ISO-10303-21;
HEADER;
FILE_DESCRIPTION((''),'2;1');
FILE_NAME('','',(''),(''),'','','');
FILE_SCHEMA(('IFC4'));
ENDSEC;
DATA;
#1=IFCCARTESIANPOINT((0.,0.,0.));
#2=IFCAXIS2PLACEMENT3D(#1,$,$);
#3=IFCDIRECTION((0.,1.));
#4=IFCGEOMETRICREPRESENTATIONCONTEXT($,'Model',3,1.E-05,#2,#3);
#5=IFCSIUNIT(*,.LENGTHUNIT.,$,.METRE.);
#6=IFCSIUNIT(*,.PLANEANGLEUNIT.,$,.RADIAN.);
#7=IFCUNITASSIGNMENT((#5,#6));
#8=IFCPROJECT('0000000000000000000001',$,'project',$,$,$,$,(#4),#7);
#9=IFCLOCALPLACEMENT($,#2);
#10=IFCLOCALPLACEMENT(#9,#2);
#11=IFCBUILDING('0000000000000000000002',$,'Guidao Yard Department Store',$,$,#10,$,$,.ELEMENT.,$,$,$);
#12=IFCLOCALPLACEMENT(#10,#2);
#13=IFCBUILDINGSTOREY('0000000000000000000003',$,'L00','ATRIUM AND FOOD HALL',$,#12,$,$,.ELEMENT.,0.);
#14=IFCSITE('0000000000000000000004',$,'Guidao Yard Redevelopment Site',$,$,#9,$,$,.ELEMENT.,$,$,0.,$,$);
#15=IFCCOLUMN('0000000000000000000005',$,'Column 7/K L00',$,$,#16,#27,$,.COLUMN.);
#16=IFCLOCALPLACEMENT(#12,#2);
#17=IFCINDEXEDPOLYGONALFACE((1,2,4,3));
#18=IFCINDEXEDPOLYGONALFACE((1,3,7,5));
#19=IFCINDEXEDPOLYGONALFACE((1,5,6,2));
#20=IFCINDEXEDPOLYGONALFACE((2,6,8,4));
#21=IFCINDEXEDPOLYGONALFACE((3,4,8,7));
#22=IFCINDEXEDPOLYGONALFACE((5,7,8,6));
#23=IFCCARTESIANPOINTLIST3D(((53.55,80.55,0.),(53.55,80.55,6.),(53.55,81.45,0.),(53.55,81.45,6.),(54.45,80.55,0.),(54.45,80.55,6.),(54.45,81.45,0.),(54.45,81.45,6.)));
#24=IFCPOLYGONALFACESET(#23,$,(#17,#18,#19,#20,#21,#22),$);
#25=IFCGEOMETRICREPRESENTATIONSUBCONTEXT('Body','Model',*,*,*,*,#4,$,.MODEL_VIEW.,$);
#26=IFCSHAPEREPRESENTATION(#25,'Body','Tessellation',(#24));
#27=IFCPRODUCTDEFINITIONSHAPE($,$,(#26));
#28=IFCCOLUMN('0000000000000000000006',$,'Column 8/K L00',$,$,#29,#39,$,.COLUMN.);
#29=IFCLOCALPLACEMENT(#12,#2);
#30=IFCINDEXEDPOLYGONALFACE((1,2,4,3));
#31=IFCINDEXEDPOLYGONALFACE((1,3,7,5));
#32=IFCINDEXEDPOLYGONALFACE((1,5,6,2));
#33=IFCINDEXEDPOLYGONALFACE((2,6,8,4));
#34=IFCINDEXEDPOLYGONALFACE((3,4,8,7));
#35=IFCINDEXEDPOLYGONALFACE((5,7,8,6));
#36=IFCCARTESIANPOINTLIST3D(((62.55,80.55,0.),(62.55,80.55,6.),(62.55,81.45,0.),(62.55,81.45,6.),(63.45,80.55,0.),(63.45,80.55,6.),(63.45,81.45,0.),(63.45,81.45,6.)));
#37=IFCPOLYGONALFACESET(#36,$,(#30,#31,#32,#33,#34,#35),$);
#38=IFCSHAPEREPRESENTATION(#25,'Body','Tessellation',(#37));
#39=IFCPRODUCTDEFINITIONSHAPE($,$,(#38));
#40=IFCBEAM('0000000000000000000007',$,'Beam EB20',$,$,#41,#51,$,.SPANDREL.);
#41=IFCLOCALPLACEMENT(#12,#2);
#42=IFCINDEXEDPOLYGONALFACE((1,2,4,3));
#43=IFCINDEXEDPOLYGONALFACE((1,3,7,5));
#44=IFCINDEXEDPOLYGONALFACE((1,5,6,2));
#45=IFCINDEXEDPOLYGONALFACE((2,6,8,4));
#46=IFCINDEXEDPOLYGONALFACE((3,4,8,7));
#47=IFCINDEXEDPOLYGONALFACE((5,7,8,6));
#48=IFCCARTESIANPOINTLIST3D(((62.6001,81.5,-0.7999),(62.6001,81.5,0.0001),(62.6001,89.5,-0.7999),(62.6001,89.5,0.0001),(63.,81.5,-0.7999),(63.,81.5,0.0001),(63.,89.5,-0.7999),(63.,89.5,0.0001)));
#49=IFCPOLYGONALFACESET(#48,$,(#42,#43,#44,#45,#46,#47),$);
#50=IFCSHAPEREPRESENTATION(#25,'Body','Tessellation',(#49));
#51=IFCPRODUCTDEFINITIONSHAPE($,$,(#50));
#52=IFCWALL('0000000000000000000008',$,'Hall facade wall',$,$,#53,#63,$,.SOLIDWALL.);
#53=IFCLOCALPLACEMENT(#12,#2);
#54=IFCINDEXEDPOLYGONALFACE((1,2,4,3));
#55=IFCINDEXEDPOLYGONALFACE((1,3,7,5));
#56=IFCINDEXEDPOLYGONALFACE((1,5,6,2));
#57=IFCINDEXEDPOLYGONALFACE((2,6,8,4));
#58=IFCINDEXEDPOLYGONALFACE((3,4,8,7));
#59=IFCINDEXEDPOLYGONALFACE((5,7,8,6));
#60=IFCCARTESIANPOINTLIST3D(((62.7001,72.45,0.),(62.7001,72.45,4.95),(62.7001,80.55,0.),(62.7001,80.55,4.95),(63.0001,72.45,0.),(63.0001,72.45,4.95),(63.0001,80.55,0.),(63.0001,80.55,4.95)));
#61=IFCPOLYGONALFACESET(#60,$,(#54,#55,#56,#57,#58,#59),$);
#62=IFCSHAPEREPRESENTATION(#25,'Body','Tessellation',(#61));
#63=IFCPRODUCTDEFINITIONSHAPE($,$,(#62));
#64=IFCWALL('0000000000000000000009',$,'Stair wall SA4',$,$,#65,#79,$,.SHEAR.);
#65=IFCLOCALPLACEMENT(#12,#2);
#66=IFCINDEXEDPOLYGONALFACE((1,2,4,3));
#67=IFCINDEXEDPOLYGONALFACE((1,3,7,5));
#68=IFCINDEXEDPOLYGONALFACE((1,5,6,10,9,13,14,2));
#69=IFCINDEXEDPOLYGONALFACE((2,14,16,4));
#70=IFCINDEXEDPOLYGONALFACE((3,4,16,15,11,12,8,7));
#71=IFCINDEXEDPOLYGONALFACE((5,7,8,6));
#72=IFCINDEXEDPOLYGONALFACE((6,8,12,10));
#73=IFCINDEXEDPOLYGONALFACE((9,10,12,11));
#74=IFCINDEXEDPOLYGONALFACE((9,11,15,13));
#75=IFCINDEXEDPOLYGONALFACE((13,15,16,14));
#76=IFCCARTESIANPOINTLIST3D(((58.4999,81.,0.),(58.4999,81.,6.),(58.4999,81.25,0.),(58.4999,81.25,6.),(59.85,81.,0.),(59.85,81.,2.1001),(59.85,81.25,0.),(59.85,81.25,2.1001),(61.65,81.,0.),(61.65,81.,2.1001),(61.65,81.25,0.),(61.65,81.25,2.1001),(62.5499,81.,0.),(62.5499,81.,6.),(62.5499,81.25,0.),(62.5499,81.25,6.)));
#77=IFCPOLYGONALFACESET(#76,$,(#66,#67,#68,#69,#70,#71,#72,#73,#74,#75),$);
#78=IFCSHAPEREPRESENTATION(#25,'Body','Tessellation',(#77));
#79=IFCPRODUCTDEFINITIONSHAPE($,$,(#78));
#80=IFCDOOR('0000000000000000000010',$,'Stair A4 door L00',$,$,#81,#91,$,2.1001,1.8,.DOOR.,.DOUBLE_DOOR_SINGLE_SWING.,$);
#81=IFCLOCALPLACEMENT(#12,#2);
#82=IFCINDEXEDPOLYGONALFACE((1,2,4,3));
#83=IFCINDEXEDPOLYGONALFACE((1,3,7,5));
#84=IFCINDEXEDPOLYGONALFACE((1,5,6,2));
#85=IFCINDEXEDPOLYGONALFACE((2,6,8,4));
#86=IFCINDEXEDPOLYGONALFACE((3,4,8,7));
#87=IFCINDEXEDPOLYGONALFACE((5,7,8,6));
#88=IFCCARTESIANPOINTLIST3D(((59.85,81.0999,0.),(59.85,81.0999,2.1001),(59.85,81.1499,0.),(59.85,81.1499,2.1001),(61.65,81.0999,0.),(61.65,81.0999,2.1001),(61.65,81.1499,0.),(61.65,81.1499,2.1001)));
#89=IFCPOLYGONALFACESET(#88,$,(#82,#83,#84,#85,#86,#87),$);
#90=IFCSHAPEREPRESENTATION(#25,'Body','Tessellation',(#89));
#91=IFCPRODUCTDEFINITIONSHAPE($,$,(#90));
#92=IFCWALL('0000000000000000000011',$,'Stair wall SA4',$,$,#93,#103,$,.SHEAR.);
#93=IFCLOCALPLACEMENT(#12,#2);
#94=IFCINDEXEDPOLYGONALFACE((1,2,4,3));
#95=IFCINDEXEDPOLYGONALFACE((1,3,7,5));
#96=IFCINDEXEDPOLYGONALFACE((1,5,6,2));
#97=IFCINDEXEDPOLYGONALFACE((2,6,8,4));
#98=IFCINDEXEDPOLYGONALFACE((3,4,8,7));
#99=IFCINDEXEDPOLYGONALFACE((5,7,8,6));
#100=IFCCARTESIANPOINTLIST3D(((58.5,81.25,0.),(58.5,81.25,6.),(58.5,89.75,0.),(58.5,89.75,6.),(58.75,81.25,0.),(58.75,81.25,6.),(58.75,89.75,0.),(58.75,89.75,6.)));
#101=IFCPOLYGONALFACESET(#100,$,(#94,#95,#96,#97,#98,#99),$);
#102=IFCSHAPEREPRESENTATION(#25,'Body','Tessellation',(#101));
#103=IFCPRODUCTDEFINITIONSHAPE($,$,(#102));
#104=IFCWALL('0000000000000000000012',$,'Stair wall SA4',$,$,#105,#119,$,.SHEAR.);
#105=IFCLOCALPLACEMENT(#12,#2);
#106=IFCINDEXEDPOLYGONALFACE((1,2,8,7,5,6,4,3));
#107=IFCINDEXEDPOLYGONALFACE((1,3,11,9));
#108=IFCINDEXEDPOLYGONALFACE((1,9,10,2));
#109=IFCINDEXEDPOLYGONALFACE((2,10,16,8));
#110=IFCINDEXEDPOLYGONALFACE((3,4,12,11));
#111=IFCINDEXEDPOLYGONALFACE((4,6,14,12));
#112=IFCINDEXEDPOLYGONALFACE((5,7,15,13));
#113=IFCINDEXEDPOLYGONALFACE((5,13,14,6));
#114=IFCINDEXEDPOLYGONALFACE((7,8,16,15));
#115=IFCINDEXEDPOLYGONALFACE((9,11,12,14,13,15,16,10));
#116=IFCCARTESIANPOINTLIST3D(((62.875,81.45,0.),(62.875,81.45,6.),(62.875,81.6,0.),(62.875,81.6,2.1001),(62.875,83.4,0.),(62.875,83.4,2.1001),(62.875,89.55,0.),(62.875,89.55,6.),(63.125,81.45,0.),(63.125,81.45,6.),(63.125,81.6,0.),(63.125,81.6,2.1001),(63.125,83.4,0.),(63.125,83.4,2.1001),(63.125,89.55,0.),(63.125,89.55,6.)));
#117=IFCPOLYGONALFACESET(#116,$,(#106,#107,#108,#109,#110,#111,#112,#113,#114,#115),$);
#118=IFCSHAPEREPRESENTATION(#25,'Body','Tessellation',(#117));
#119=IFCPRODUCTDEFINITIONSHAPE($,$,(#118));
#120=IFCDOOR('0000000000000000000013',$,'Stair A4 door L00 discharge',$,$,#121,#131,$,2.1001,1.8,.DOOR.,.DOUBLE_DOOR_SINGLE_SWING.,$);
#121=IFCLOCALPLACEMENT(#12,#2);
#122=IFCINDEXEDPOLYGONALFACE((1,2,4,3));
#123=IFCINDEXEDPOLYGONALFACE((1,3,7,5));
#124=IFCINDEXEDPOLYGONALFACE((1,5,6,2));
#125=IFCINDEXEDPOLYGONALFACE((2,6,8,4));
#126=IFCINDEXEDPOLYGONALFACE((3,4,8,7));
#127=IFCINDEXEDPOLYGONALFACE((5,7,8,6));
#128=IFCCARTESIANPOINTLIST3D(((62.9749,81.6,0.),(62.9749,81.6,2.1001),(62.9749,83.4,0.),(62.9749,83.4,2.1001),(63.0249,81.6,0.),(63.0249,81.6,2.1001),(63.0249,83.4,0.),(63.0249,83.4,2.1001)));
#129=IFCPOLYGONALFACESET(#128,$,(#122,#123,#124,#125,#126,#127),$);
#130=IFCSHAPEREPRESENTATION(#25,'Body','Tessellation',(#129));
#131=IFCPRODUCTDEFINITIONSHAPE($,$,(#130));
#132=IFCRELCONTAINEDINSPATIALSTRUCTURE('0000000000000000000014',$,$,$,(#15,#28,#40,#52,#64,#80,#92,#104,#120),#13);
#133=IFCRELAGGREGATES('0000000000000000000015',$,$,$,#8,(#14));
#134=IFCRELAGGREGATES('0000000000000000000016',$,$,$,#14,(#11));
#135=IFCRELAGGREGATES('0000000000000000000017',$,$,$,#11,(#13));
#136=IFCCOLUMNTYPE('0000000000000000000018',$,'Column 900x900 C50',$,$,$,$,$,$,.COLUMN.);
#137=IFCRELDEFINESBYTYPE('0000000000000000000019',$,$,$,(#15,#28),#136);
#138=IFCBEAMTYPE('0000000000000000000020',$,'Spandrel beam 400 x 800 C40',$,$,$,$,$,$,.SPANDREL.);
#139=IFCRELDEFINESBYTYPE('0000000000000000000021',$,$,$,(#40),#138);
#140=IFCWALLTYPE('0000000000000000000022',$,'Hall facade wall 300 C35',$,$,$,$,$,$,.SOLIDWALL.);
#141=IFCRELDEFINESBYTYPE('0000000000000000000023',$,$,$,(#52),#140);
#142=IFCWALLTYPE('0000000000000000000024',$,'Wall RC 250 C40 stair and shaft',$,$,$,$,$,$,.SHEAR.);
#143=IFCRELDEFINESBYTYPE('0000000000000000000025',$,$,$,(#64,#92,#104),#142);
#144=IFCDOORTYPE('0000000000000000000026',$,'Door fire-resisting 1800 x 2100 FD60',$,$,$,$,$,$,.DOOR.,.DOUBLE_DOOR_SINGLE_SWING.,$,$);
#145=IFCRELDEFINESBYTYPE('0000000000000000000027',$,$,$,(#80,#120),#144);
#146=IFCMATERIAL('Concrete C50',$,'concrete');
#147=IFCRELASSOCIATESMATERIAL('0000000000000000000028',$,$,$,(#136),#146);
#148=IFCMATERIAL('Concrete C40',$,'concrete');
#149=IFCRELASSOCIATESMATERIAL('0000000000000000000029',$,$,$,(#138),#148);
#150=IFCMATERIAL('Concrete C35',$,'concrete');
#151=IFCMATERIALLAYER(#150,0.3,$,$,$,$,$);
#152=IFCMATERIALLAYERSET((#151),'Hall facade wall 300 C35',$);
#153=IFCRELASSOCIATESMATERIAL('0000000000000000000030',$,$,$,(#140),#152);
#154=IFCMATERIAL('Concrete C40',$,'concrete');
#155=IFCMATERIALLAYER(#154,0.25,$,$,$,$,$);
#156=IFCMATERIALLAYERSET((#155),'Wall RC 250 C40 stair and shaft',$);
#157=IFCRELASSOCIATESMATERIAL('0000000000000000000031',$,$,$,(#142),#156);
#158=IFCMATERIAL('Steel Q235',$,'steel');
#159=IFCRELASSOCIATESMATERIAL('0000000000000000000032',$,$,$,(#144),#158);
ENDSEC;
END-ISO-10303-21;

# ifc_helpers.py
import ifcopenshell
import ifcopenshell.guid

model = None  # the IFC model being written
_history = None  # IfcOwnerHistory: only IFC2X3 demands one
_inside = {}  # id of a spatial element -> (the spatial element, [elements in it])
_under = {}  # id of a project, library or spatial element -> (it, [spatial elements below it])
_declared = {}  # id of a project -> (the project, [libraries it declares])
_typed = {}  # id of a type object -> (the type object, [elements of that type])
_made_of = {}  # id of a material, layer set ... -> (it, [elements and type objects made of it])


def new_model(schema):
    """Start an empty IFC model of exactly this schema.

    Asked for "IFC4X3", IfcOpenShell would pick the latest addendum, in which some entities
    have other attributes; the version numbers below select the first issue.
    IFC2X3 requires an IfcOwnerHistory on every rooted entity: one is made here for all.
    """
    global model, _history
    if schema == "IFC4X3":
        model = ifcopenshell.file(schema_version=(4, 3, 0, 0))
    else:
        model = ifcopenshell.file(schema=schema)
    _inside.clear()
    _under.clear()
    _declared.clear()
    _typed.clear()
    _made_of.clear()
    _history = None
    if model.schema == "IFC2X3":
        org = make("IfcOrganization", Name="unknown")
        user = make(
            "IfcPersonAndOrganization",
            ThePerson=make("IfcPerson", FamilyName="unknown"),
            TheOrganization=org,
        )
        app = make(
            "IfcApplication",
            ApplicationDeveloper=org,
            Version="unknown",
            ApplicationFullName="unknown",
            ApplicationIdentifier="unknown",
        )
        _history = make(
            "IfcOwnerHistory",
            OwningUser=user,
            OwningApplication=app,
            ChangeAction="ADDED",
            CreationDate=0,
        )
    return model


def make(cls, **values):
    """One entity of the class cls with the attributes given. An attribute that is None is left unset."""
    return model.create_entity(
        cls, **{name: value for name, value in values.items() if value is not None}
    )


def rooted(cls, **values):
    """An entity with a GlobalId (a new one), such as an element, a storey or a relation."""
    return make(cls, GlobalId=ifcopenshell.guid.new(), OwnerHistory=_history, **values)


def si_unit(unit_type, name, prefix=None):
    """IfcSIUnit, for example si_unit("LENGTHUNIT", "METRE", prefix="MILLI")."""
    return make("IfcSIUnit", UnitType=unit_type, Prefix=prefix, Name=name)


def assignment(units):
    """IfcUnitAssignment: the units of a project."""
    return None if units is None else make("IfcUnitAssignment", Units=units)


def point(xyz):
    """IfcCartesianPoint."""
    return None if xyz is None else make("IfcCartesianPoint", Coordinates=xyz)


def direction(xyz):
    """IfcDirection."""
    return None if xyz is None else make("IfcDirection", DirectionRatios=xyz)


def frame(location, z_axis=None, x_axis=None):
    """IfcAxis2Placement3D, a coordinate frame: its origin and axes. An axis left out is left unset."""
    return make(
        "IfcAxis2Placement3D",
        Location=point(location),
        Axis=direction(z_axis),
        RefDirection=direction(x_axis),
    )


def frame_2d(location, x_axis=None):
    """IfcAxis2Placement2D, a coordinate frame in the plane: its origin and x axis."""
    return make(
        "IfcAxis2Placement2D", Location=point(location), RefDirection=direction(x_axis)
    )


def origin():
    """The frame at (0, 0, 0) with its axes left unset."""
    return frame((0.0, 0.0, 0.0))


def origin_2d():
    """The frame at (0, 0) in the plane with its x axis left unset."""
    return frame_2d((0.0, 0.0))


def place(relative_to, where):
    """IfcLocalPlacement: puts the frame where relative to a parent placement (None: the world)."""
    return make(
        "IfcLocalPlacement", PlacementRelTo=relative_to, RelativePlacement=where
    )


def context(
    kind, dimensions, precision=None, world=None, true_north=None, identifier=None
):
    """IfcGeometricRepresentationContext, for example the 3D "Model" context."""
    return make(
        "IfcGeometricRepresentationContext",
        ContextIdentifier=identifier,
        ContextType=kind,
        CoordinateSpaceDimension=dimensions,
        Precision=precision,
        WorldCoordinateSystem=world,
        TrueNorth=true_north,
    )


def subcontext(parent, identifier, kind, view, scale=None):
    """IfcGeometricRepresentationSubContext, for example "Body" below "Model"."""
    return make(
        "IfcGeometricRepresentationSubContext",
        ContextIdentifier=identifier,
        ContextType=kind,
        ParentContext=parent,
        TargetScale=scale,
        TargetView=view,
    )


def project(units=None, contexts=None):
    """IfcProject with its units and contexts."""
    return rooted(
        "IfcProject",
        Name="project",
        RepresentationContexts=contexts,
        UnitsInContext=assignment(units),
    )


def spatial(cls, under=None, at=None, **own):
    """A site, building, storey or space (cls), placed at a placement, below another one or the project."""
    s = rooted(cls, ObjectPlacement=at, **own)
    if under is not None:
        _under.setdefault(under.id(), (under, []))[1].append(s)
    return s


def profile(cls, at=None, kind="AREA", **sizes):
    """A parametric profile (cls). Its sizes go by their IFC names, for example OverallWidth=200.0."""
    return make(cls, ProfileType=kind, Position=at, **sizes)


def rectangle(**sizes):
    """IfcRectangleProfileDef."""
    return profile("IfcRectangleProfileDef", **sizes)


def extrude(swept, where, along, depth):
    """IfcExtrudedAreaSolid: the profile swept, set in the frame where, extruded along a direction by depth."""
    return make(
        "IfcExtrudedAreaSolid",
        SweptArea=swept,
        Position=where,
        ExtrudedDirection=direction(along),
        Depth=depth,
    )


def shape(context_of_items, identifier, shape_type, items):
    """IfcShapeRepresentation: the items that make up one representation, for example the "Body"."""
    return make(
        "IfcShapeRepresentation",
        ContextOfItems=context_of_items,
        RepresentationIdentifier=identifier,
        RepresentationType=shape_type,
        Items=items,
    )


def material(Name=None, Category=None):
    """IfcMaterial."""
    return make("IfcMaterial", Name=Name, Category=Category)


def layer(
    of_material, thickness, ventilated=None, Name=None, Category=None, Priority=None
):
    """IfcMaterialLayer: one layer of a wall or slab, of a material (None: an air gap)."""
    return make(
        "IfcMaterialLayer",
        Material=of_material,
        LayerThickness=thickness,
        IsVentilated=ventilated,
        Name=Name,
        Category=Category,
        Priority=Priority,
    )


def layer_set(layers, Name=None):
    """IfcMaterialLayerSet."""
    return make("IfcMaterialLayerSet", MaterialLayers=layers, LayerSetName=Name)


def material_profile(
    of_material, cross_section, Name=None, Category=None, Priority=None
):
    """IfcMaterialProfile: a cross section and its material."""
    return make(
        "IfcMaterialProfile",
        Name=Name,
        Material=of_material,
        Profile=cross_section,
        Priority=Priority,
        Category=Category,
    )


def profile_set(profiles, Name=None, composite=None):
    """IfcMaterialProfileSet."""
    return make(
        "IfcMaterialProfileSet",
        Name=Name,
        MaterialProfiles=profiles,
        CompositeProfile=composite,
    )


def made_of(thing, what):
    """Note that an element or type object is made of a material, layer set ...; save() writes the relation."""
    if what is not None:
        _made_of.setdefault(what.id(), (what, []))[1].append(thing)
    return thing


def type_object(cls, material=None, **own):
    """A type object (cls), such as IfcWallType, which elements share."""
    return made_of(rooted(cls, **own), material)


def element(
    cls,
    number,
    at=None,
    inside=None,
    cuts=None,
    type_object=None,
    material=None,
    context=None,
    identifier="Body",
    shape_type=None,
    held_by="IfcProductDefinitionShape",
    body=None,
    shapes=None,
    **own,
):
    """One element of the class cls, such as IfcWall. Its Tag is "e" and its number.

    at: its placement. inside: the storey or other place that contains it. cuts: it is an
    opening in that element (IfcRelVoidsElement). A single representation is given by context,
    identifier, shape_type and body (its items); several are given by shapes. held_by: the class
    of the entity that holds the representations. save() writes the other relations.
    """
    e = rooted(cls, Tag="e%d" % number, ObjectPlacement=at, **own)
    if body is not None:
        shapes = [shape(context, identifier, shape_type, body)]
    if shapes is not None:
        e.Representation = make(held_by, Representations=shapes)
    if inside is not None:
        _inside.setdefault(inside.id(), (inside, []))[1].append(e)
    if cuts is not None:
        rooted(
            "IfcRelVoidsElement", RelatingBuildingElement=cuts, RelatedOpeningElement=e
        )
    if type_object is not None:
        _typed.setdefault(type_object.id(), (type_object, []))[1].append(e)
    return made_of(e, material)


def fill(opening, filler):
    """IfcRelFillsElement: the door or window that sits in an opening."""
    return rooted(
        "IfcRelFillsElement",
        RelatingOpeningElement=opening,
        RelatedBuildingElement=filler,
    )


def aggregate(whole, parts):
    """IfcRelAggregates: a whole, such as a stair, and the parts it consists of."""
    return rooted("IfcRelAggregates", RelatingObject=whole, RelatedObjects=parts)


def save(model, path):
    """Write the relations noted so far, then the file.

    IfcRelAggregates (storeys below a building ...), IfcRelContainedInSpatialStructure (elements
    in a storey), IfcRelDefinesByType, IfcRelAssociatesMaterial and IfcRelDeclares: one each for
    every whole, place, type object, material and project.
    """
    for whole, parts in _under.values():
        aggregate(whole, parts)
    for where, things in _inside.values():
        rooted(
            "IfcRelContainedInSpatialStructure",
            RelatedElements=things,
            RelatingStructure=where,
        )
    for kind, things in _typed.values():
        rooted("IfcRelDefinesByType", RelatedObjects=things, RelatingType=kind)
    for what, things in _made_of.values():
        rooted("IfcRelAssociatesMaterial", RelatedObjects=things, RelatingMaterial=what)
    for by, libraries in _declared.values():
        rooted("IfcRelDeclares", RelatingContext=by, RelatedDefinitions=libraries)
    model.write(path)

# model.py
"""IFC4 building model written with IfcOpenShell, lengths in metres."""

from ifc_helpers import new_model, si_unit, direction, frame, frame_2d, origin, origin_2d, place, context, subcontext, project, spatial, rectangle, extrude, material, layer, layer_set, material_profile, profile_set, type_object, element, fill, save


model = new_model("IFC4")

# Units and contexts
model_context = context("Model", 3, precision=1e-05, world=origin(), true_north=direction((0.0, 1.0)))
body_context = subcontext(model_context, "Body", "Model", "MODEL_VIEW")
ifc_project = project(units=[si_unit("LENGTHUNIT", "METRE"), si_unit("PLANEANGLEUNIT", "RADIAN")], contexts=[model_context])

# Site, building, storey
site_placement = place(None, origin())
site = spatial("IfcSite", under=ifc_project, at=site_placement, Name="Guidao Yard Redevelopment Site", CompositionType="ELEMENT", RefElevation=0.0)
building_placement = place(site_placement, origin())
building = spatial("IfcBuilding", under=site, at=building_placement, Name="Guidao Yard Department Store", CompositionType="ELEMENT")
storey_placement = place(building_placement, origin())
storey = spatial("IfcBuildingStorey", under=building, at=storey_placement, Name="L00", Description="ATRIUM AND FOOD HALL", CompositionType="ELEMENT", Elevation=0.0)

# Columns
ifc_material_1 = material(Name="Concrete C50", Category="concrete")
ifc_material_profile_1 = material_profile(ifc_material_1, rectangle(XDim=0.8999, YDim=0.8999, at=origin_2d()), Name="COL 900x900")
ifc_profile_set_1 = profile_set([ifc_material_profile_1], Name="Concrete C50")
column_type = type_object("IfcColumnType", Name="Column 900x900 C50", PredefinedType="COLUMN", material=ifc_profile_set_1)
for number, where, z_axis, x_axis, name in (
    (1, (54.0, 81.0, 0.0), (0.0, 0.0, 1.0), (1.0, 0.0, 0.0), "Column 7/K L00"),
    (2, (63.0, 81.0, 0.0), (0.0, 0.0, 1.0), (1.0, 0.0, 0.0), "Column 8/K L00"),
):
    element("IfcColumn", number, at=place(storey_placement, frame(where, z_axis=z_axis, x_axis=x_axis)), inside=storey, type_object=column_type, Name=name, PredefinedType="COLUMN", context=body_context, shape_type="SweptSolid", body=[
        extrude(rectangle(XDim=0.8999, YDim=0.8999, at=origin_2d()), origin(), (0.0, 0.0, 1.0), 6.0),
    ])

# Beam
ifc_material_2 = material(Name="Concrete C40", Category="concrete")
ifc_material_profile_2 = material_profile(ifc_material_2, rectangle(XDim=0.3999, YDim=0.8, at=origin_2d()), Name="Spandrel beam 400 x 800 C40")
ifc_profile_set_2 = profile_set([ifc_material_profile_2], Name="Concrete C40")
beam_type = type_object("IfcBeamType", Name="Spandrel beam 400 x 800 C40", PredefinedType="SPANDREL", material=ifc_profile_set_2)
beam_placement = place(storey_placement, frame((62.8, 81.5, -0.3999), z_axis=(0.0, 1.0, 0.0), x_axis=(-1.0, 0.0, 0.0)))
element("IfcBeam", 3, at=beam_placement, inside=storey, type_object=beam_type, Name="Beam EB20", PredefinedType="SPANDREL", context=body_context, shape_type="SweptSolid", body=[
    extrude(rectangle(XDim=0.3999, YDim=0.8, at=origin_2d()), origin(), (0.0, 0.0, 1.0), 8.0),
])

# Wall
ifc_material_3 = material(Name="Concrete C35", Category="concrete")
ifc_layer_1 = layer(ifc_material_3, 0.3)
ifc_layer_set_1 = layer_set([ifc_layer_1], Name="Hall facade wall 300 C35")
wall_type_1 = type_object("IfcWallType", Name="Hall facade wall 300 C35", PredefinedType="SOLIDWALL", material=ifc_layer_set_1)
wall_1_placement = place(storey_placement, frame((62.8501, 80.55, 0.0), z_axis=(0.0, 0.0, 1.0), x_axis=(0.0, -1.0, 0.0)))
element("IfcWall", 4, at=wall_1_placement, inside=storey, type_object=wall_type_1, Name="Hall facade wall", PredefinedType="SOLIDWALL", context=body_context, shape_type="SweptSolid", body=[
    extrude(rectangle(XDim=8.1001, YDim=0.3, at=frame_2d((4.05, 0.0))), origin(), (0.0, 0.0, 1.0), 4.95),
])

# Wall, opening, door
ifc_material_4 = material(Name="Concrete C40", Category="concrete")
ifc_layer_2 = layer(ifc_material_4, 0.25)
ifc_layer_set_2 = layer_set([ifc_layer_2], Name="Wall RC 250 C40 stair and shaft")
wall_type_2 = type_object("IfcWallType", Name="Wall RC 250 C40 stair and shaft", PredefinedType="SHEAR", material=ifc_layer_set_2)
wall_2_placement = place(storey_placement, frame((58.5, 81.125, 0.0), z_axis=(0.0, 0.0, 1.0), x_axis=(1.0, 0.0, 0.0)))
wall_2 = element("IfcWall", 5, at=wall_2_placement, inside=storey, type_object=wall_type_2, Name="Stair wall SA4", PredefinedType="SHEAR", context=body_context, shape_type="SweptSolid", body=[
    extrude(rectangle(XDim=4.05, YDim=0.25, at=frame_2d((2.0249, 0.0))), origin(), (0.0, 0.0, 1.0), 6.0),
])
opening_1_placement = place(wall_2_placement, frame((1.3501, 0.0, 0.0)))
opening_1 = element("IfcOpeningElement", 6, at=opening_1_placement, cuts=wall_2, PredefinedType="OPENING", context=body_context, shape_type="SweptSolid", body=[
    extrude(rectangle(XDim=1.8, YDim=2.1001, at=frame_2d((0.8999, 1.05))), frame((0.0, 0.135, 0.0), z_axis=(0.0, -1.0, 0.0), x_axis=(1.0, 0.0, 0.0)), (0.0, 0.0, 1.0), 0.27),
])
ifc_material_5 = material(Name="Steel Q235", Category="steel")
door_type = type_object("IfcDoorType", Name="Door fire-resisting 1800 x 2100 FD60", OperationType="DOUBLE_DOOR_SINGLE_SWING", PredefinedType="DOOR", material=ifc_material_5)
door_1_placement = place(opening_1_placement, origin())
door_1 = element("IfcDoor", 7, at=door_1_placement, inside=storey, type_object=door_type, Name="Stair A4 door L00", OperationType="DOUBLE_DOOR_SINGLE_SWING", OverallHeight=2.1001, OverallWidth=1.8, PredefinedType="DOOR", context=body_context, shape_type="SweptSolid", body=[
    extrude(rectangle(XDim=1.8, YDim=2.1001, at=frame_2d((0.8999, 1.05))), frame((0.0, 0.0249, 0.0), z_axis=(0.0, -1.0, 0.0), x_axis=(1.0, 0.0, 0.0)), (0.0, 0.0, 1.0), 0.05),
])
fill(opening_1, door_1)

# Wall
wall_3_placement = place(storey_placement, frame((58.625, 81.25, 0.0), z_axis=(0.0, 0.0, 1.0), x_axis=(0.0, 1.0, 0.0)))
element("IfcWall", 8, at=wall_3_placement, inside=storey, type_object=wall_type_2, Name="Stair wall SA4", PredefinedType="SHEAR", context=body_context, shape_type="SweptSolid", body=[
    extrude(rectangle(XDim=8.5, YDim=0.25, at=frame_2d((4.25, 0.0))), origin(), (0.0, 0.0, 1.0), 6.0),
])

# Wall, opening, door
wall_4_placement = place(storey_placement, frame((63.0, 81.45, 0.0), z_axis=(0.0, 0.0, 1.0), x_axis=(0.0, 1.0, 0.0)))
wall_4 = element("IfcWall", 9, at=wall_4_placement, inside=storey, type_object=wall_type_2, Name="Stair wall SA4", PredefinedType="SHEAR", context=body_context, shape_type="SweptSolid", body=[
    extrude(rectangle(XDim=8.1001, YDim=0.25, at=frame_2d((4.05, 0.0))), origin(), (0.0, 0.0, 1.0), 6.0),
])
opening_2_placement = place(wall_4_placement, frame((1.95, 0.0, 0.0), z_axis=(0.0, 0.0, 1.0), x_axis=(-1.0, 0.0, 0.0)))
opening_2 = element("IfcOpeningElement", 10, at=opening_2_placement, cuts=wall_4, PredefinedType="OPENING", context=body_context, shape_type="SweptSolid", body=[
    extrude(rectangle(XDim=1.8, YDim=2.1001, at=frame_2d((0.8999, 1.05))), frame((0.0, 0.135, 0.0), z_axis=(0.0, -1.0, 0.0), x_axis=(1.0, 0.0, 0.0)), (0.0, 0.0, 1.0), 0.27),
])
door_2_placement = place(opening_2_placement, origin())
door_2 = element("IfcDoor", 11, at=door_2_placement, inside=storey, type_object=door_type, Name="Stair A4 door L00 discharge", OperationType="DOUBLE_DOOR_SINGLE_SWING", OverallHeight=2.1001, OverallWidth=1.8, PredefinedType="DOOR", context=body_context, shape_type="SweptSolid", body=[
    extrude(rectangle(XDim=1.8, YDim=2.1001, at=frame_2d((0.8999, 1.05))), frame((0.0, 0.0249, 0.0), z_axis=(0.0, -1.0, 0.0), x_axis=(1.0, 0.0, 0.0)), (0.0, 0.0, 1.0), 0.05),
])
fill(opening_2, door_2)

save(model, "model.ifc")
